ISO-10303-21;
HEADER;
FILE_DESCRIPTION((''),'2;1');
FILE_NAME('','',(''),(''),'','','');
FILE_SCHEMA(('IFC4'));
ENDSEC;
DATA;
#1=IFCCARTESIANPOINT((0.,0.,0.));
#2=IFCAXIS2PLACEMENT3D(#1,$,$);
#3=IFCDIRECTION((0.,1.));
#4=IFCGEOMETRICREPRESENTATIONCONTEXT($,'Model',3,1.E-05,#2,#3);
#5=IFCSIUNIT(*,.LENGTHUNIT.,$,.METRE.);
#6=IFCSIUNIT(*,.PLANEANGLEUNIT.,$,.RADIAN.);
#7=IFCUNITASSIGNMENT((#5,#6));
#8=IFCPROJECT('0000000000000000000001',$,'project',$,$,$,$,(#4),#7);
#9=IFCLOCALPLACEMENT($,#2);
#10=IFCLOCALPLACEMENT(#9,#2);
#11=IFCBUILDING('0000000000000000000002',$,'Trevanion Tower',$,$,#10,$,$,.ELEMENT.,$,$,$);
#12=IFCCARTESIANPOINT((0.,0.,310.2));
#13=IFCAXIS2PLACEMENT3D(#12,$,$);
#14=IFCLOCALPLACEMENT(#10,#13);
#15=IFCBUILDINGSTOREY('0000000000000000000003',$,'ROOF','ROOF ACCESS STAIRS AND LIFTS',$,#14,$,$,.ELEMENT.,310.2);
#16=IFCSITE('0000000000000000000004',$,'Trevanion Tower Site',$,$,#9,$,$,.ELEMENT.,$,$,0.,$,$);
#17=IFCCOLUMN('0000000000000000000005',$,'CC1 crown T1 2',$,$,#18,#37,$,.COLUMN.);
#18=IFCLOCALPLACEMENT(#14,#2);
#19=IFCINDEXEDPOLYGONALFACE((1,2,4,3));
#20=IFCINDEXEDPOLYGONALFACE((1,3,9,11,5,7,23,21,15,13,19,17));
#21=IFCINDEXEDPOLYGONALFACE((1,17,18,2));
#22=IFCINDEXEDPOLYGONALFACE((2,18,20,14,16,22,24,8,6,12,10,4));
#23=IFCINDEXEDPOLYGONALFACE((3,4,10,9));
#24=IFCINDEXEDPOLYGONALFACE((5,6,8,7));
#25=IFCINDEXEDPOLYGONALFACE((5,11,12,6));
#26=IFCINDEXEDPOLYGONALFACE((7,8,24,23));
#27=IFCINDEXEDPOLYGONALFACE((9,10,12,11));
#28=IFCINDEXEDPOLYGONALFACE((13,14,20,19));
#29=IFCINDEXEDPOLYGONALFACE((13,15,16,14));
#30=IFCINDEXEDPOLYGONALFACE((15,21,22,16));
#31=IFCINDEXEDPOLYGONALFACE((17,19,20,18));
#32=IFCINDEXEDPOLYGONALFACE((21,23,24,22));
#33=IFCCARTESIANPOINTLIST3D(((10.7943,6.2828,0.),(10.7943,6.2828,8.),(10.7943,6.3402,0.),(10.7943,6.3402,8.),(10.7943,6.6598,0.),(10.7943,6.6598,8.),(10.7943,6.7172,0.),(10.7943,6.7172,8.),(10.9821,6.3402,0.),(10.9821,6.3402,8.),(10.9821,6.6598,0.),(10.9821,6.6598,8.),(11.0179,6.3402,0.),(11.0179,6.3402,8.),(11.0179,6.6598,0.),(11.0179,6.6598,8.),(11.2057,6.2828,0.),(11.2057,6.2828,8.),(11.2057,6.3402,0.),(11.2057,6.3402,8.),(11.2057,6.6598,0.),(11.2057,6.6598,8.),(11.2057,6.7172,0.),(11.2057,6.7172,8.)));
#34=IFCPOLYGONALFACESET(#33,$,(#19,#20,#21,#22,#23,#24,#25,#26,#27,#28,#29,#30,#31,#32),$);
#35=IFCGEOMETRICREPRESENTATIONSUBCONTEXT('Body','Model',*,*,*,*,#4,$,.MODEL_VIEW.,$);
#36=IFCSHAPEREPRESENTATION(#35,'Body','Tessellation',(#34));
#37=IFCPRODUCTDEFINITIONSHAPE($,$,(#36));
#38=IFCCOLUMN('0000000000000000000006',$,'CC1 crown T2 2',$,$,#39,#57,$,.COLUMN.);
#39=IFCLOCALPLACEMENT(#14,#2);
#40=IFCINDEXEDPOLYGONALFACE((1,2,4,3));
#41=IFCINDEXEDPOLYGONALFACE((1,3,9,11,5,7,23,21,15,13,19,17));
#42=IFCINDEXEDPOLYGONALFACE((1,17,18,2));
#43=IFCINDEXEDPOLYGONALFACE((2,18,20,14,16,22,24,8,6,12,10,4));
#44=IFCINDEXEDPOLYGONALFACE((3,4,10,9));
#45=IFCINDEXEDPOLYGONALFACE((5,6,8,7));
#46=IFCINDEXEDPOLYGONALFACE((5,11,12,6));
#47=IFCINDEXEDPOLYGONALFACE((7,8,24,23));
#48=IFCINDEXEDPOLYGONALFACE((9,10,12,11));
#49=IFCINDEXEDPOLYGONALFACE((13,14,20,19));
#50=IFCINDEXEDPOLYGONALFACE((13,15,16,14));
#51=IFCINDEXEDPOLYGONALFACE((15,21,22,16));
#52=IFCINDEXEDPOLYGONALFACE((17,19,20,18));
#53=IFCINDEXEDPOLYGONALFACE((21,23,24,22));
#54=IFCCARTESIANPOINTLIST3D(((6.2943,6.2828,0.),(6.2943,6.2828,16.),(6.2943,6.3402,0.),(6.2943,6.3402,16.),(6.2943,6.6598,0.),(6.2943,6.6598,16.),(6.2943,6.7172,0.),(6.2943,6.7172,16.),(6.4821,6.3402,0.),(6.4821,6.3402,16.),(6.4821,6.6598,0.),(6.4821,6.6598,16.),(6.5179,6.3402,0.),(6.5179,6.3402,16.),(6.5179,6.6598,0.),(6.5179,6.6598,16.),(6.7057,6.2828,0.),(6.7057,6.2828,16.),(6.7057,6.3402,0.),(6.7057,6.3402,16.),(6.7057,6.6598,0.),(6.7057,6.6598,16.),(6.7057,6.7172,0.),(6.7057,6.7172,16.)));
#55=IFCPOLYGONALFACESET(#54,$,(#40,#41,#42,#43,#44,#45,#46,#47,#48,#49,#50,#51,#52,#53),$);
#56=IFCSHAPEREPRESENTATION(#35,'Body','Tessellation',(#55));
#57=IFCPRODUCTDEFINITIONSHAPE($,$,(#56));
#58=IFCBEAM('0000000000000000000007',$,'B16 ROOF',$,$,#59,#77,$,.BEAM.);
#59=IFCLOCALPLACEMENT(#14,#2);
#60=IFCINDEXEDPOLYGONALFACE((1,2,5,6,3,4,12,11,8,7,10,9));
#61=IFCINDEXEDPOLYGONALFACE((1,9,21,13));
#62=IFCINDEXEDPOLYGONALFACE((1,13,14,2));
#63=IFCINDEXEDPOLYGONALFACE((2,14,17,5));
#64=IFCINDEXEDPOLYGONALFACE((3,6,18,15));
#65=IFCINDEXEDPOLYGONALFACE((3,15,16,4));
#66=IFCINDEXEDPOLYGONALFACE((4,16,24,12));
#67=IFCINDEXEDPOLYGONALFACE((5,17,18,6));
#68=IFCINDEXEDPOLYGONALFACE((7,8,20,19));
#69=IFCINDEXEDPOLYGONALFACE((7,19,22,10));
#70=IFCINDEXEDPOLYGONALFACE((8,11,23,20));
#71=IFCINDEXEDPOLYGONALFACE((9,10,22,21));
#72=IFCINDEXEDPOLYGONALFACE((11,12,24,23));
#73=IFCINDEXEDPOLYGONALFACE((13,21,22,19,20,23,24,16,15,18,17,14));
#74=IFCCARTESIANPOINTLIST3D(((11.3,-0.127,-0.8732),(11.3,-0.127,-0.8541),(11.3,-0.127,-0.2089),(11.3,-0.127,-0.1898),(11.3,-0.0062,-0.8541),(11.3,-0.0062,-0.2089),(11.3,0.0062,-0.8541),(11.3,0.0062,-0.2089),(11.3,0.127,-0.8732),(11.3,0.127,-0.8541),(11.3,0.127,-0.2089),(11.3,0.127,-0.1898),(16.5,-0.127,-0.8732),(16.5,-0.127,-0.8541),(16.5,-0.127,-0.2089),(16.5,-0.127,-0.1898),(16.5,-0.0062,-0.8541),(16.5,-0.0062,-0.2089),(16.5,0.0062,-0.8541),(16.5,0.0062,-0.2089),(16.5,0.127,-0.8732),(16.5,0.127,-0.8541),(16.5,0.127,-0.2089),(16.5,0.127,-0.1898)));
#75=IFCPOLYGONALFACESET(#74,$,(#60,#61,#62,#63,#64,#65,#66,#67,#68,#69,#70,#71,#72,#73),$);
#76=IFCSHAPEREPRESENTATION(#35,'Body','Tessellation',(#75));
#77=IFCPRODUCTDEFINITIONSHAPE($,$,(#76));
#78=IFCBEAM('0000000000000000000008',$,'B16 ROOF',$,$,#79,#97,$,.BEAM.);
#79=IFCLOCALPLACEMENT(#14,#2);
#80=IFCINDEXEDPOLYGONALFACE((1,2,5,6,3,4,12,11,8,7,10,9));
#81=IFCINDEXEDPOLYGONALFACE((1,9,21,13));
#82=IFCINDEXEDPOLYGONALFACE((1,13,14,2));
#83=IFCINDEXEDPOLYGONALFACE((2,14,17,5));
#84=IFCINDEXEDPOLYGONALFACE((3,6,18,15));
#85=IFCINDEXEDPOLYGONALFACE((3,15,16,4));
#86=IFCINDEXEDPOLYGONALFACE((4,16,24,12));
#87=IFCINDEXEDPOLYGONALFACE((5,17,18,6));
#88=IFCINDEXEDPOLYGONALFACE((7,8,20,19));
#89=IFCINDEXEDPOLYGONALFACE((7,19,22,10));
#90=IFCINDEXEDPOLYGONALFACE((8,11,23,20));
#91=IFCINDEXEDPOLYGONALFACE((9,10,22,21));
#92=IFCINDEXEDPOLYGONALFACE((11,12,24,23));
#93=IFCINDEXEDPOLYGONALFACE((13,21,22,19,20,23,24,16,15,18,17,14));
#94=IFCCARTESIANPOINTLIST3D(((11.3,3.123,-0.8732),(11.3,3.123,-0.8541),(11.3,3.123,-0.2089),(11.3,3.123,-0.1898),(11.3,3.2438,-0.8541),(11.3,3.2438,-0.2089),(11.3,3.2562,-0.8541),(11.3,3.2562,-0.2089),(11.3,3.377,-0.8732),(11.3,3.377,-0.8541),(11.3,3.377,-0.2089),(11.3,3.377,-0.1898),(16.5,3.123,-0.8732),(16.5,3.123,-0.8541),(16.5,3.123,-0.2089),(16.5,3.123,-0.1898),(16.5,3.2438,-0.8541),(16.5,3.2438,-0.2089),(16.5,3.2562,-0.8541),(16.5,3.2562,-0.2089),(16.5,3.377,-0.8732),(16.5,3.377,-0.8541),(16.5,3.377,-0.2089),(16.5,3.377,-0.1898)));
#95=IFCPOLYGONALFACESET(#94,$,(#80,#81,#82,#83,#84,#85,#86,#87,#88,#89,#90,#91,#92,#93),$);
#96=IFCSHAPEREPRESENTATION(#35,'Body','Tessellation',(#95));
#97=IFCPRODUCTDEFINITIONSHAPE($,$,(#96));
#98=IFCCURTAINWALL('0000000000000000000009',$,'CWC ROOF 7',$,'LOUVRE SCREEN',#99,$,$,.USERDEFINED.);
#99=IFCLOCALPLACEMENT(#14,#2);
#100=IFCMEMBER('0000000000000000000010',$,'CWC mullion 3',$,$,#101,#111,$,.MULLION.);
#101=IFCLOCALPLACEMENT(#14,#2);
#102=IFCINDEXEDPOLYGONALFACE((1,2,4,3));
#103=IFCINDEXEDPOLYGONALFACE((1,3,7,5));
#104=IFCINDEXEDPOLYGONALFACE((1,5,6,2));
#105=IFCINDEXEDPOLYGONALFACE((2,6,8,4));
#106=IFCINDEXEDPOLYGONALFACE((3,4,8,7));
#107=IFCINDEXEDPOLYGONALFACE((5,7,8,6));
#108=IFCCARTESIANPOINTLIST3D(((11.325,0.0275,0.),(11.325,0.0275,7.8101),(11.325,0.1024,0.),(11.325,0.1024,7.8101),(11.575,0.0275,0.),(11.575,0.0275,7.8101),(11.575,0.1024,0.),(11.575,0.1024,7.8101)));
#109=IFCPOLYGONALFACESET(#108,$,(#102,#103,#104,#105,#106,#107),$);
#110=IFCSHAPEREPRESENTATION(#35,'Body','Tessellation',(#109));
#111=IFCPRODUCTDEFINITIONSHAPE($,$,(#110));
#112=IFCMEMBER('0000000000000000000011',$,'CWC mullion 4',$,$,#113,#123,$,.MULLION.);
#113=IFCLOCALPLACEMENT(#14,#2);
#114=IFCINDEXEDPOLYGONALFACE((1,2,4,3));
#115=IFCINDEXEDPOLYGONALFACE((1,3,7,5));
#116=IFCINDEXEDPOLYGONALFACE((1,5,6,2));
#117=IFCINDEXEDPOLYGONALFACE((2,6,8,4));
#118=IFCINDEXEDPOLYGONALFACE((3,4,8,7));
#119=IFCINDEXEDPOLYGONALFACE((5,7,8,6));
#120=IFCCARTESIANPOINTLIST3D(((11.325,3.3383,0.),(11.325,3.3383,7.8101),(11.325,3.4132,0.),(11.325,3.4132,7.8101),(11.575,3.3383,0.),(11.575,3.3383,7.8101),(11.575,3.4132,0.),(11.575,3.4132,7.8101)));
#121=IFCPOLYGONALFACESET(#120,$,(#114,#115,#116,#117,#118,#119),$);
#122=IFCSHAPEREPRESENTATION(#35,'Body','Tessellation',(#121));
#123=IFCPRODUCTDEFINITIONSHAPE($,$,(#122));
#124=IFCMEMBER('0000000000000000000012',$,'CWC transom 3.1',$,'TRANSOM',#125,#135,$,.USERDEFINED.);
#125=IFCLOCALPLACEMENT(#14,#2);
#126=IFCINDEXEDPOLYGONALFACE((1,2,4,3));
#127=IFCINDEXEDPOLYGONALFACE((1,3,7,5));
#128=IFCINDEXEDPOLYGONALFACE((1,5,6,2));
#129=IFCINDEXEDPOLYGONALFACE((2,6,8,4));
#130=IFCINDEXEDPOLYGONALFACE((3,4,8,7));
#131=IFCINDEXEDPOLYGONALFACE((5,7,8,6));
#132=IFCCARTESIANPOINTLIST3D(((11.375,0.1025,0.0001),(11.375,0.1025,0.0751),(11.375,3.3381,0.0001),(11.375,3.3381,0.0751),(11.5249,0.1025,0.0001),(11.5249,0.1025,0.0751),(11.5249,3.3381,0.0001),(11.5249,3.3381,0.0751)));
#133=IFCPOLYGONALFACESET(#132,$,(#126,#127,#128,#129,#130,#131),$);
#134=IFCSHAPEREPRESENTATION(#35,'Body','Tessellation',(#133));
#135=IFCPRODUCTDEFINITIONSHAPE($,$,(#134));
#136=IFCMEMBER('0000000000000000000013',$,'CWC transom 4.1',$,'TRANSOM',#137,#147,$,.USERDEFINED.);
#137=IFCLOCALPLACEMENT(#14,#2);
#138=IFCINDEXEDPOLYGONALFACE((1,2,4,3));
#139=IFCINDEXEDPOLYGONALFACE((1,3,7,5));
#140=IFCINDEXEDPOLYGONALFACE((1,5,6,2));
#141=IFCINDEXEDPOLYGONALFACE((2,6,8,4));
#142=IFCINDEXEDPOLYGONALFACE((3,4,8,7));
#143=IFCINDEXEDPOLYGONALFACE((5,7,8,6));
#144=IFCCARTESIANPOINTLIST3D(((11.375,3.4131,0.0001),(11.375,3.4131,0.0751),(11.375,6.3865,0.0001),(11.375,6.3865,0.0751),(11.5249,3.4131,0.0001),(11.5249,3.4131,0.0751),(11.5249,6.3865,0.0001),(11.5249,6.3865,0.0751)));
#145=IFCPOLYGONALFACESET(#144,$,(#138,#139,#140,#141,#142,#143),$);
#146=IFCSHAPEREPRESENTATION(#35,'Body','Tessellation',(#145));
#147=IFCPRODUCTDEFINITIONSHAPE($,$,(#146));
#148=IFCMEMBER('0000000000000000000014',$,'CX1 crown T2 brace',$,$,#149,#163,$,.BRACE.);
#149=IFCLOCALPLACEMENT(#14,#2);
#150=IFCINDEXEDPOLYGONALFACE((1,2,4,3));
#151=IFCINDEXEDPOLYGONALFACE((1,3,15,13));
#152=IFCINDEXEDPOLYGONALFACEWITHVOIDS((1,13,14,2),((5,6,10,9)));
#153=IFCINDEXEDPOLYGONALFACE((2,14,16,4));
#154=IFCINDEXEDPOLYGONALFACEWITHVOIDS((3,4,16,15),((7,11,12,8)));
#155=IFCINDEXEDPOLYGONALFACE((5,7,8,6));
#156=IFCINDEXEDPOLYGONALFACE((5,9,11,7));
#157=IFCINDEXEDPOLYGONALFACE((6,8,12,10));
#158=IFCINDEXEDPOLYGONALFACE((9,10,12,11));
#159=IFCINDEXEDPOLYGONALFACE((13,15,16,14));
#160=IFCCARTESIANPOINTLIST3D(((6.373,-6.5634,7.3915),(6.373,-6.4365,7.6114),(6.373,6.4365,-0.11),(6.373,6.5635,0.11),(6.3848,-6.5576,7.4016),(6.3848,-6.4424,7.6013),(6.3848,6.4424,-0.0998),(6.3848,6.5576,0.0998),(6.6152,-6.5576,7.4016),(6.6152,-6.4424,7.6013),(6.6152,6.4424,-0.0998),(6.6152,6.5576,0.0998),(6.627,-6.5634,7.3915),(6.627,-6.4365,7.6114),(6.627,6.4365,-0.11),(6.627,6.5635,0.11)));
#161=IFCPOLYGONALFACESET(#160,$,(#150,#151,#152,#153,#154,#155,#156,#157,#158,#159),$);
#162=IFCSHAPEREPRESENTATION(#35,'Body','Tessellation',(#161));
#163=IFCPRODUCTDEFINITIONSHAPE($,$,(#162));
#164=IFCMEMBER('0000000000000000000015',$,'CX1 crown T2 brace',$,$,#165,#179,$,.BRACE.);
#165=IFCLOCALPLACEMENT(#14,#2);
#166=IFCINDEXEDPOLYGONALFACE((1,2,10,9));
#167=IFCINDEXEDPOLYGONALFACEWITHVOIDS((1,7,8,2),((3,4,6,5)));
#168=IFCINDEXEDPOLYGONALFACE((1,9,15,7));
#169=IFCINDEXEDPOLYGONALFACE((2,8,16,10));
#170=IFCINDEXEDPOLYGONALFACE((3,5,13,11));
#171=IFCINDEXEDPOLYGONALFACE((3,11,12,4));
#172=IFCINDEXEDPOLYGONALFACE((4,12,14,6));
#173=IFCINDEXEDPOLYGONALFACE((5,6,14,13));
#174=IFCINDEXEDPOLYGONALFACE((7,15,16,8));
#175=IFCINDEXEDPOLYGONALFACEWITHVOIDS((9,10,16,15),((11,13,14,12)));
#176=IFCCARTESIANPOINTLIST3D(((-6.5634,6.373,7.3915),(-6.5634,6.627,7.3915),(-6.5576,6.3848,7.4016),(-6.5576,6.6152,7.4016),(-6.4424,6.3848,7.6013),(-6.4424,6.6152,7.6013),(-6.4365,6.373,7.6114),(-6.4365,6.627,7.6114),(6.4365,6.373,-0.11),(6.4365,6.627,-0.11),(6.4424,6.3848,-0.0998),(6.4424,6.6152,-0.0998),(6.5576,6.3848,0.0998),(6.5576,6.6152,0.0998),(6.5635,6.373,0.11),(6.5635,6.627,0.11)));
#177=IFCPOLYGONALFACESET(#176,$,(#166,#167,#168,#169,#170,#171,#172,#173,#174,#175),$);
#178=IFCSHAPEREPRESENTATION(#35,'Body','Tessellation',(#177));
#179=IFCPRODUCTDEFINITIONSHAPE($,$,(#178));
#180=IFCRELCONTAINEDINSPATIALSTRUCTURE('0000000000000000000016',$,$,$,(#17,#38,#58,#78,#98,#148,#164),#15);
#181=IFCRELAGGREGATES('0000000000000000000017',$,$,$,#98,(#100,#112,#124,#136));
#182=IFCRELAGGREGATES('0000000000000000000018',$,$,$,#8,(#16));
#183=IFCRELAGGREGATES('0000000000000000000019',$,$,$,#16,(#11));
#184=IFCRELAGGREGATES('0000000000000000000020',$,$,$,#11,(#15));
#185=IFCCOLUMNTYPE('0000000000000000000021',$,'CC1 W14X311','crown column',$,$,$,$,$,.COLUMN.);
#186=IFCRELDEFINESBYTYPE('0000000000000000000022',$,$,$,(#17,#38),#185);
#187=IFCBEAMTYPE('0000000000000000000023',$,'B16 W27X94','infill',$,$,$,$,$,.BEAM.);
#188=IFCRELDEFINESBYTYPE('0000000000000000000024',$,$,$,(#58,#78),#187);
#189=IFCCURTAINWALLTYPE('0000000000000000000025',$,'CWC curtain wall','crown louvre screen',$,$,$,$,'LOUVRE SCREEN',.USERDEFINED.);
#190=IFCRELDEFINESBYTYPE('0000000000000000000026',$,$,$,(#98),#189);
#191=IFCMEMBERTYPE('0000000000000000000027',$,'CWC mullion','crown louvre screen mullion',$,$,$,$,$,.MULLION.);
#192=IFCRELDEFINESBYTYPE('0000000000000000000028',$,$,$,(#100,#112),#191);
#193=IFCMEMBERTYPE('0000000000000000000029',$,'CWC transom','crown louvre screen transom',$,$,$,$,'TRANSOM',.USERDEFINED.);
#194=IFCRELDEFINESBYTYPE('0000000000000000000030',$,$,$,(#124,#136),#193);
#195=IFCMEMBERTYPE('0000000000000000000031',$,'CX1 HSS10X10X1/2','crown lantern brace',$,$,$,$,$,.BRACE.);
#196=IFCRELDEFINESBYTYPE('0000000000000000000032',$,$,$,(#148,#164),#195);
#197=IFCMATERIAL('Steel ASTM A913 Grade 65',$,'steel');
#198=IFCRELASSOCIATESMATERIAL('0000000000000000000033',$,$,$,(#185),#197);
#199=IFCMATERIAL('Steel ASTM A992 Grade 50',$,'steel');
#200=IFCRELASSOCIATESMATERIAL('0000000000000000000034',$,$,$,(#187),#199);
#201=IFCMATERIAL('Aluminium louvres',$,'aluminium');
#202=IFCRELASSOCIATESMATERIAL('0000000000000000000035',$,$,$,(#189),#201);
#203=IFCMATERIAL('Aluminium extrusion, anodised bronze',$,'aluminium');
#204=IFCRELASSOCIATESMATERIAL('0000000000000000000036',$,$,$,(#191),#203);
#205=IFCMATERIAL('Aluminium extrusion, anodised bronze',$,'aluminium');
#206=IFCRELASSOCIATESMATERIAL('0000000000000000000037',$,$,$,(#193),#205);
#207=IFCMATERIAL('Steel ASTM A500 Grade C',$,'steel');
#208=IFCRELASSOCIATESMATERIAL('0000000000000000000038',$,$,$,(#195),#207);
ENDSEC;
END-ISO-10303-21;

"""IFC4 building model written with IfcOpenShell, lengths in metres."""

from ifc_helpers import new_model, si_unit, direction, frame, origin, origin_2d, place, context, subcontext, project, spatial, rectangle, hollow_rectangle, i_section, extrude, material, material_profile, profile_set, type_object, element, aggregate, save


model = new_model("IFC4")

# Units and contexts
model_context = context("Model", 3, precision=1e-05, world=origin(), true_north=direction((0.0, 1.0)))
body_context = subcontext(model_context, "Body", "Model", "MODEL_VIEW")
ifc_project = project(units=[si_unit("LENGTHUNIT", "METRE"), si_unit("PLANEANGLEUNIT", "RADIAN")], contexts=[model_context])

# Site, building, storey
site_placement = place(None, origin())
site = spatial("IfcSite", under=ifc_project, at=site_placement, Name="Trevanion Tower Site", CompositionType="ELEMENT", RefElevation=0.0)
building_placement = place(site_placement, origin())
building = spatial("IfcBuilding", under=site, at=building_placement, Name="Trevanion Tower", CompositionType="ELEMENT")
storey_placement = place(building_placement, frame((0.0, 0.0, 310.2)))
storey = spatial("IfcBuildingStorey", under=building, at=storey_placement, Name="ROOF", Description="ROOF ACCESS STAIRS AND LIFTS", CompositionType="ELEMENT", Elevation=310.2)

# Columns
ifc_material_1 = material(Name="Steel ASTM A913 Grade 65", Category="steel")
ifc_material_profile_1 = material_profile(ifc_material_1, i_section(OverallWidth=0.4114, OverallDepth=0.4343, WebThickness=0.0359, FlangeThickness=0.0574, at=origin_2d()), Name="W14X311")
ifc_profile_set_1 = profile_set([ifc_material_profile_1], Name="Steel ASTM A913 Grade 65")
column_type = type_object("IfcColumnType", Name="CC1 W14X311", Description="crown column", PredefinedType="COLUMN", material=ifc_profile_set_1)
column_1_placement = place(storey_placement, frame((11.0, 6.5, 0.0), z_axis=(0.0, 0.0, 1.0), x_axis=(1.0, 0.0, 0.0)))
element("IfcColumn", 1, at=column_1_placement, inside=storey, type_object=column_type, Name="CC1 crown T1 2", PredefinedType="COLUMN", context=body_context, shape_type="SweptSolid", body=[
    extrude(i_section(OverallWidth=0.4114, OverallDepth=0.4343, WebThickness=0.0359, FlangeThickness=0.0574, at=origin_2d()), origin(), (0.0, 0.0, 1.0), 8.0),
])
column_2_placement = place(storey_placement, frame((6.5, 6.5, 0.0), z_axis=(0.0, 0.0, 1.0), x_axis=(1.0, 0.0, 0.0)))
element("IfcColumn", 2, at=column_2_placement, inside=storey, type_object=column_type, Name="CC1 crown T2 2", PredefinedType="COLUMN", context=body_context, shape_type="SweptSolid", body=[
    extrude(i_section(OverallWidth=0.4114, OverallDepth=0.4343, WebThickness=0.0359, FlangeThickness=0.0574, at=origin_2d()), origin(), (0.0, 0.0, 1.0), 16.0),
])

# Beams
ifc_material_2 = material(Name="Steel ASTM A992 Grade 50", Category="steel")
ifc_material_profile_2 = material_profile(ifc_material_2, i_section(OverallWidth=0.2539, OverallDepth=0.6833, WebThickness=0.0125, FlangeThickness=0.019, at=origin_2d()), Name="W27X94")
ifc_profile_set_2 = profile_set([ifc_material_profile_2], Name="Steel ASTM A992 Grade 50")
beam_type = type_object("IfcBeamType", Name="B16 W27X94", Description="infill", PredefinedType="BEAM", material=ifc_profile_set_2)
for number, where, z_axis, x_axis, name in (
    (3, (11.3, 0.0, -0.5315), (1.0, 0.0, 0.0), (0.0, 1.0, 0.0), "B16 ROOF"),
    (4, (11.3, 3.25, -0.5315), (1.0, 0.0, 0.0), (0.0, 1.0, 0.0), "B16 ROOF"),
):
    element("IfcBeam", number, at=place(storey_placement, frame(where, z_axis=z_axis, x_axis=x_axis)), inside=storey, type_object=beam_type, Name=name, PredefinedType="BEAM", context=body_context, shape_type="SweptSolid", body=[
        extrude(i_section(OverallWidth=0.2539, OverallDepth=0.6833, WebThickness=0.0125, FlangeThickness=0.019, at=origin_2d()), origin(), (0.0, 0.0, 1.0), 5.2),
    ])

# Curtain wall, members
ifc_material_3 = material(Name="Aluminium louvres", Category="aluminium")
curtain_wall_type = type_object("IfcCurtainWallType", Name="CWC curtain wall", Description="crown louvre screen", ElementType="LOUVRE SCREEN", PredefinedType="USERDEFINED", material=ifc_material_3)
curtain_wall_placement = place(storey_placement, origin())
curtain_wall = element("IfcCurtainWall", 5, at=curtain_wall_placement, inside=storey, type_object=curtain_wall_type, Name="CWC ROOF 7", ObjectType="LOUVRE SCREEN", PredefinedType="USERDEFINED")
ifc_material_4 = material(Name="Aluminium extrusion, anodised bronze", Category="aluminium")
ifc_material_profile_3 = material_profile(ifc_material_4, rectangle(XDim=0.075, YDim=0.25, at=origin_2d()), Name="CWC mullion")
ifc_profile_set_3 = profile_set([ifc_material_profile_3], Name="Aluminium extrusion, anodised bronze")
member_type_1 = type_object("IfcMemberType", Name="CWC mullion", Description="crown louvre screen mullion", PredefinedType="MULLION", material=ifc_profile_set_3)
member_1_placement = place(storey_placement, frame((11.45, 0.0649, 0.0), z_axis=(0.0, 0.0, 1.0), x_axis=(0.0, 1.0, 0.0)))
member_1 = element("IfcMember", 6, at=member_1_placement, type_object=member_type_1, Name="CWC mullion 3", PredefinedType="MULLION", context=body_context, shape_type="SweptSolid", body=[
    extrude(rectangle(XDim=0.075, YDim=0.25, at=origin_2d()), origin(), (0.0, 0.0, 1.0), 7.8101),
])
member_2_placement = place(storey_placement, frame((11.45, 3.3757, 0.0), z_axis=(0.0, 0.0, 1.0), x_axis=(0.0, 1.0, 0.0)))
member_2 = element("IfcMember", 7, at=member_2_placement, type_object=member_type_1, Name="CWC mullion 4", PredefinedType="MULLION", context=body_context, shape_type="SweptSolid", body=[
    extrude(rectangle(XDim=0.075, YDim=0.25, at=origin_2d()), origin(), (0.0, 0.0, 1.0), 7.8101),
])
ifc_material_5 = material(Name="Aluminium extrusion, anodised bronze", Category="aluminium")
ifc_material_profile_4 = material_profile(ifc_material_5, rectangle(XDim=0.1499, YDim=0.075, at=origin_2d()), Name="CWC transom")
ifc_profile_set_4 = profile_set([ifc_material_profile_4], Name="Aluminium extrusion, anodised bronze")
member_type_2 = type_object("IfcMemberType", Name="CWC transom", Description="crown louvre screen transom", ElementType="TRANSOM", PredefinedType="USERDEFINED", material=ifc_profile_set_4)
member_3_placement = place(storey_placement, frame((11.45, 0.1025, 0.0376), z_axis=(0.0, 1.0, 0.0), x_axis=(-1.0, 0.0, 0.0)))
member_3 = element("IfcMember", 8, at=member_3_placement, type_object=member_type_2, Name="CWC transom 3.1", ObjectType="TRANSOM", PredefinedType="USERDEFINED", context=body_context, shape_type="SweptSolid", body=[
    extrude(rectangle(XDim=0.1499, YDim=0.075, at=origin_2d()), origin(), (0.0, 0.0, 1.0), 3.2356),
])
member_4_placement = place(storey_placement, frame((11.45, 3.4131, 0.0376), z_axis=(0.0, 1.0, 0.0), x_axis=(-1.0, 0.0, 0.0)))
member_4 = element("IfcMember", 9, at=member_4_placement, type_object=member_type_2, Name="CWC transom 4.1", ObjectType="TRANSOM", PredefinedType="USERDEFINED", context=body_context, shape_type="SweptSolid", body=[
    extrude(rectangle(XDim=0.1499, YDim=0.075, at=origin_2d()), origin(), (0.0, 0.0, 1.0), 2.9734),
])

# Members
ifc_material_6 = material(Name="Steel ASTM A500 Grade C", Category="steel")
ifc_material_profile_5 = material_profile(ifc_material_6, hollow_rectangle(XDim=0.2539, YDim=0.2539, WallThickness=0.0117, at=origin_2d()), Name="HSS10X10X1/2")
ifc_profile_set_5 = profile_set([ifc_material_profile_5], Name="Steel ASTM A500 Grade C")
member_type_3 = type_object("IfcMemberType", Name="CX1 HSS10X10X1/2", Description="crown lantern brace", PredefinedType="BRACE", material=ifc_profile_set_5)
for number, where, z_axis, x_axis, name in (
    (10, (6.5, 6.5, 0.0), (0.0, -0.866143, 0.499796), (1.0, 0.0, 0.0), "CX1 crown T2 brace"),
    (11, (6.5, 6.5, 0.0), (-0.866143, 0.0, 0.499796), (0.0, -1.0, 0.0), "CX1 crown T2 brace"),
):
    element("IfcMember", number, at=place(storey_placement, frame(where, z_axis=z_axis, x_axis=x_axis)), inside=storey, type_object=member_type_3, Name=name, PredefinedType="BRACE", context=body_context, shape_type="SweptSolid", body=[
        extrude(hollow_rectangle(XDim=0.2539, YDim=0.2539, WallThickness=0.0117, at=origin_2d()), origin(), (0.0, 0.0, 1.0), 15.009),
    ])

aggregate(curtain_wall, [member_1, member_2, member_3, member_4])

save(model, "model.ifc")
